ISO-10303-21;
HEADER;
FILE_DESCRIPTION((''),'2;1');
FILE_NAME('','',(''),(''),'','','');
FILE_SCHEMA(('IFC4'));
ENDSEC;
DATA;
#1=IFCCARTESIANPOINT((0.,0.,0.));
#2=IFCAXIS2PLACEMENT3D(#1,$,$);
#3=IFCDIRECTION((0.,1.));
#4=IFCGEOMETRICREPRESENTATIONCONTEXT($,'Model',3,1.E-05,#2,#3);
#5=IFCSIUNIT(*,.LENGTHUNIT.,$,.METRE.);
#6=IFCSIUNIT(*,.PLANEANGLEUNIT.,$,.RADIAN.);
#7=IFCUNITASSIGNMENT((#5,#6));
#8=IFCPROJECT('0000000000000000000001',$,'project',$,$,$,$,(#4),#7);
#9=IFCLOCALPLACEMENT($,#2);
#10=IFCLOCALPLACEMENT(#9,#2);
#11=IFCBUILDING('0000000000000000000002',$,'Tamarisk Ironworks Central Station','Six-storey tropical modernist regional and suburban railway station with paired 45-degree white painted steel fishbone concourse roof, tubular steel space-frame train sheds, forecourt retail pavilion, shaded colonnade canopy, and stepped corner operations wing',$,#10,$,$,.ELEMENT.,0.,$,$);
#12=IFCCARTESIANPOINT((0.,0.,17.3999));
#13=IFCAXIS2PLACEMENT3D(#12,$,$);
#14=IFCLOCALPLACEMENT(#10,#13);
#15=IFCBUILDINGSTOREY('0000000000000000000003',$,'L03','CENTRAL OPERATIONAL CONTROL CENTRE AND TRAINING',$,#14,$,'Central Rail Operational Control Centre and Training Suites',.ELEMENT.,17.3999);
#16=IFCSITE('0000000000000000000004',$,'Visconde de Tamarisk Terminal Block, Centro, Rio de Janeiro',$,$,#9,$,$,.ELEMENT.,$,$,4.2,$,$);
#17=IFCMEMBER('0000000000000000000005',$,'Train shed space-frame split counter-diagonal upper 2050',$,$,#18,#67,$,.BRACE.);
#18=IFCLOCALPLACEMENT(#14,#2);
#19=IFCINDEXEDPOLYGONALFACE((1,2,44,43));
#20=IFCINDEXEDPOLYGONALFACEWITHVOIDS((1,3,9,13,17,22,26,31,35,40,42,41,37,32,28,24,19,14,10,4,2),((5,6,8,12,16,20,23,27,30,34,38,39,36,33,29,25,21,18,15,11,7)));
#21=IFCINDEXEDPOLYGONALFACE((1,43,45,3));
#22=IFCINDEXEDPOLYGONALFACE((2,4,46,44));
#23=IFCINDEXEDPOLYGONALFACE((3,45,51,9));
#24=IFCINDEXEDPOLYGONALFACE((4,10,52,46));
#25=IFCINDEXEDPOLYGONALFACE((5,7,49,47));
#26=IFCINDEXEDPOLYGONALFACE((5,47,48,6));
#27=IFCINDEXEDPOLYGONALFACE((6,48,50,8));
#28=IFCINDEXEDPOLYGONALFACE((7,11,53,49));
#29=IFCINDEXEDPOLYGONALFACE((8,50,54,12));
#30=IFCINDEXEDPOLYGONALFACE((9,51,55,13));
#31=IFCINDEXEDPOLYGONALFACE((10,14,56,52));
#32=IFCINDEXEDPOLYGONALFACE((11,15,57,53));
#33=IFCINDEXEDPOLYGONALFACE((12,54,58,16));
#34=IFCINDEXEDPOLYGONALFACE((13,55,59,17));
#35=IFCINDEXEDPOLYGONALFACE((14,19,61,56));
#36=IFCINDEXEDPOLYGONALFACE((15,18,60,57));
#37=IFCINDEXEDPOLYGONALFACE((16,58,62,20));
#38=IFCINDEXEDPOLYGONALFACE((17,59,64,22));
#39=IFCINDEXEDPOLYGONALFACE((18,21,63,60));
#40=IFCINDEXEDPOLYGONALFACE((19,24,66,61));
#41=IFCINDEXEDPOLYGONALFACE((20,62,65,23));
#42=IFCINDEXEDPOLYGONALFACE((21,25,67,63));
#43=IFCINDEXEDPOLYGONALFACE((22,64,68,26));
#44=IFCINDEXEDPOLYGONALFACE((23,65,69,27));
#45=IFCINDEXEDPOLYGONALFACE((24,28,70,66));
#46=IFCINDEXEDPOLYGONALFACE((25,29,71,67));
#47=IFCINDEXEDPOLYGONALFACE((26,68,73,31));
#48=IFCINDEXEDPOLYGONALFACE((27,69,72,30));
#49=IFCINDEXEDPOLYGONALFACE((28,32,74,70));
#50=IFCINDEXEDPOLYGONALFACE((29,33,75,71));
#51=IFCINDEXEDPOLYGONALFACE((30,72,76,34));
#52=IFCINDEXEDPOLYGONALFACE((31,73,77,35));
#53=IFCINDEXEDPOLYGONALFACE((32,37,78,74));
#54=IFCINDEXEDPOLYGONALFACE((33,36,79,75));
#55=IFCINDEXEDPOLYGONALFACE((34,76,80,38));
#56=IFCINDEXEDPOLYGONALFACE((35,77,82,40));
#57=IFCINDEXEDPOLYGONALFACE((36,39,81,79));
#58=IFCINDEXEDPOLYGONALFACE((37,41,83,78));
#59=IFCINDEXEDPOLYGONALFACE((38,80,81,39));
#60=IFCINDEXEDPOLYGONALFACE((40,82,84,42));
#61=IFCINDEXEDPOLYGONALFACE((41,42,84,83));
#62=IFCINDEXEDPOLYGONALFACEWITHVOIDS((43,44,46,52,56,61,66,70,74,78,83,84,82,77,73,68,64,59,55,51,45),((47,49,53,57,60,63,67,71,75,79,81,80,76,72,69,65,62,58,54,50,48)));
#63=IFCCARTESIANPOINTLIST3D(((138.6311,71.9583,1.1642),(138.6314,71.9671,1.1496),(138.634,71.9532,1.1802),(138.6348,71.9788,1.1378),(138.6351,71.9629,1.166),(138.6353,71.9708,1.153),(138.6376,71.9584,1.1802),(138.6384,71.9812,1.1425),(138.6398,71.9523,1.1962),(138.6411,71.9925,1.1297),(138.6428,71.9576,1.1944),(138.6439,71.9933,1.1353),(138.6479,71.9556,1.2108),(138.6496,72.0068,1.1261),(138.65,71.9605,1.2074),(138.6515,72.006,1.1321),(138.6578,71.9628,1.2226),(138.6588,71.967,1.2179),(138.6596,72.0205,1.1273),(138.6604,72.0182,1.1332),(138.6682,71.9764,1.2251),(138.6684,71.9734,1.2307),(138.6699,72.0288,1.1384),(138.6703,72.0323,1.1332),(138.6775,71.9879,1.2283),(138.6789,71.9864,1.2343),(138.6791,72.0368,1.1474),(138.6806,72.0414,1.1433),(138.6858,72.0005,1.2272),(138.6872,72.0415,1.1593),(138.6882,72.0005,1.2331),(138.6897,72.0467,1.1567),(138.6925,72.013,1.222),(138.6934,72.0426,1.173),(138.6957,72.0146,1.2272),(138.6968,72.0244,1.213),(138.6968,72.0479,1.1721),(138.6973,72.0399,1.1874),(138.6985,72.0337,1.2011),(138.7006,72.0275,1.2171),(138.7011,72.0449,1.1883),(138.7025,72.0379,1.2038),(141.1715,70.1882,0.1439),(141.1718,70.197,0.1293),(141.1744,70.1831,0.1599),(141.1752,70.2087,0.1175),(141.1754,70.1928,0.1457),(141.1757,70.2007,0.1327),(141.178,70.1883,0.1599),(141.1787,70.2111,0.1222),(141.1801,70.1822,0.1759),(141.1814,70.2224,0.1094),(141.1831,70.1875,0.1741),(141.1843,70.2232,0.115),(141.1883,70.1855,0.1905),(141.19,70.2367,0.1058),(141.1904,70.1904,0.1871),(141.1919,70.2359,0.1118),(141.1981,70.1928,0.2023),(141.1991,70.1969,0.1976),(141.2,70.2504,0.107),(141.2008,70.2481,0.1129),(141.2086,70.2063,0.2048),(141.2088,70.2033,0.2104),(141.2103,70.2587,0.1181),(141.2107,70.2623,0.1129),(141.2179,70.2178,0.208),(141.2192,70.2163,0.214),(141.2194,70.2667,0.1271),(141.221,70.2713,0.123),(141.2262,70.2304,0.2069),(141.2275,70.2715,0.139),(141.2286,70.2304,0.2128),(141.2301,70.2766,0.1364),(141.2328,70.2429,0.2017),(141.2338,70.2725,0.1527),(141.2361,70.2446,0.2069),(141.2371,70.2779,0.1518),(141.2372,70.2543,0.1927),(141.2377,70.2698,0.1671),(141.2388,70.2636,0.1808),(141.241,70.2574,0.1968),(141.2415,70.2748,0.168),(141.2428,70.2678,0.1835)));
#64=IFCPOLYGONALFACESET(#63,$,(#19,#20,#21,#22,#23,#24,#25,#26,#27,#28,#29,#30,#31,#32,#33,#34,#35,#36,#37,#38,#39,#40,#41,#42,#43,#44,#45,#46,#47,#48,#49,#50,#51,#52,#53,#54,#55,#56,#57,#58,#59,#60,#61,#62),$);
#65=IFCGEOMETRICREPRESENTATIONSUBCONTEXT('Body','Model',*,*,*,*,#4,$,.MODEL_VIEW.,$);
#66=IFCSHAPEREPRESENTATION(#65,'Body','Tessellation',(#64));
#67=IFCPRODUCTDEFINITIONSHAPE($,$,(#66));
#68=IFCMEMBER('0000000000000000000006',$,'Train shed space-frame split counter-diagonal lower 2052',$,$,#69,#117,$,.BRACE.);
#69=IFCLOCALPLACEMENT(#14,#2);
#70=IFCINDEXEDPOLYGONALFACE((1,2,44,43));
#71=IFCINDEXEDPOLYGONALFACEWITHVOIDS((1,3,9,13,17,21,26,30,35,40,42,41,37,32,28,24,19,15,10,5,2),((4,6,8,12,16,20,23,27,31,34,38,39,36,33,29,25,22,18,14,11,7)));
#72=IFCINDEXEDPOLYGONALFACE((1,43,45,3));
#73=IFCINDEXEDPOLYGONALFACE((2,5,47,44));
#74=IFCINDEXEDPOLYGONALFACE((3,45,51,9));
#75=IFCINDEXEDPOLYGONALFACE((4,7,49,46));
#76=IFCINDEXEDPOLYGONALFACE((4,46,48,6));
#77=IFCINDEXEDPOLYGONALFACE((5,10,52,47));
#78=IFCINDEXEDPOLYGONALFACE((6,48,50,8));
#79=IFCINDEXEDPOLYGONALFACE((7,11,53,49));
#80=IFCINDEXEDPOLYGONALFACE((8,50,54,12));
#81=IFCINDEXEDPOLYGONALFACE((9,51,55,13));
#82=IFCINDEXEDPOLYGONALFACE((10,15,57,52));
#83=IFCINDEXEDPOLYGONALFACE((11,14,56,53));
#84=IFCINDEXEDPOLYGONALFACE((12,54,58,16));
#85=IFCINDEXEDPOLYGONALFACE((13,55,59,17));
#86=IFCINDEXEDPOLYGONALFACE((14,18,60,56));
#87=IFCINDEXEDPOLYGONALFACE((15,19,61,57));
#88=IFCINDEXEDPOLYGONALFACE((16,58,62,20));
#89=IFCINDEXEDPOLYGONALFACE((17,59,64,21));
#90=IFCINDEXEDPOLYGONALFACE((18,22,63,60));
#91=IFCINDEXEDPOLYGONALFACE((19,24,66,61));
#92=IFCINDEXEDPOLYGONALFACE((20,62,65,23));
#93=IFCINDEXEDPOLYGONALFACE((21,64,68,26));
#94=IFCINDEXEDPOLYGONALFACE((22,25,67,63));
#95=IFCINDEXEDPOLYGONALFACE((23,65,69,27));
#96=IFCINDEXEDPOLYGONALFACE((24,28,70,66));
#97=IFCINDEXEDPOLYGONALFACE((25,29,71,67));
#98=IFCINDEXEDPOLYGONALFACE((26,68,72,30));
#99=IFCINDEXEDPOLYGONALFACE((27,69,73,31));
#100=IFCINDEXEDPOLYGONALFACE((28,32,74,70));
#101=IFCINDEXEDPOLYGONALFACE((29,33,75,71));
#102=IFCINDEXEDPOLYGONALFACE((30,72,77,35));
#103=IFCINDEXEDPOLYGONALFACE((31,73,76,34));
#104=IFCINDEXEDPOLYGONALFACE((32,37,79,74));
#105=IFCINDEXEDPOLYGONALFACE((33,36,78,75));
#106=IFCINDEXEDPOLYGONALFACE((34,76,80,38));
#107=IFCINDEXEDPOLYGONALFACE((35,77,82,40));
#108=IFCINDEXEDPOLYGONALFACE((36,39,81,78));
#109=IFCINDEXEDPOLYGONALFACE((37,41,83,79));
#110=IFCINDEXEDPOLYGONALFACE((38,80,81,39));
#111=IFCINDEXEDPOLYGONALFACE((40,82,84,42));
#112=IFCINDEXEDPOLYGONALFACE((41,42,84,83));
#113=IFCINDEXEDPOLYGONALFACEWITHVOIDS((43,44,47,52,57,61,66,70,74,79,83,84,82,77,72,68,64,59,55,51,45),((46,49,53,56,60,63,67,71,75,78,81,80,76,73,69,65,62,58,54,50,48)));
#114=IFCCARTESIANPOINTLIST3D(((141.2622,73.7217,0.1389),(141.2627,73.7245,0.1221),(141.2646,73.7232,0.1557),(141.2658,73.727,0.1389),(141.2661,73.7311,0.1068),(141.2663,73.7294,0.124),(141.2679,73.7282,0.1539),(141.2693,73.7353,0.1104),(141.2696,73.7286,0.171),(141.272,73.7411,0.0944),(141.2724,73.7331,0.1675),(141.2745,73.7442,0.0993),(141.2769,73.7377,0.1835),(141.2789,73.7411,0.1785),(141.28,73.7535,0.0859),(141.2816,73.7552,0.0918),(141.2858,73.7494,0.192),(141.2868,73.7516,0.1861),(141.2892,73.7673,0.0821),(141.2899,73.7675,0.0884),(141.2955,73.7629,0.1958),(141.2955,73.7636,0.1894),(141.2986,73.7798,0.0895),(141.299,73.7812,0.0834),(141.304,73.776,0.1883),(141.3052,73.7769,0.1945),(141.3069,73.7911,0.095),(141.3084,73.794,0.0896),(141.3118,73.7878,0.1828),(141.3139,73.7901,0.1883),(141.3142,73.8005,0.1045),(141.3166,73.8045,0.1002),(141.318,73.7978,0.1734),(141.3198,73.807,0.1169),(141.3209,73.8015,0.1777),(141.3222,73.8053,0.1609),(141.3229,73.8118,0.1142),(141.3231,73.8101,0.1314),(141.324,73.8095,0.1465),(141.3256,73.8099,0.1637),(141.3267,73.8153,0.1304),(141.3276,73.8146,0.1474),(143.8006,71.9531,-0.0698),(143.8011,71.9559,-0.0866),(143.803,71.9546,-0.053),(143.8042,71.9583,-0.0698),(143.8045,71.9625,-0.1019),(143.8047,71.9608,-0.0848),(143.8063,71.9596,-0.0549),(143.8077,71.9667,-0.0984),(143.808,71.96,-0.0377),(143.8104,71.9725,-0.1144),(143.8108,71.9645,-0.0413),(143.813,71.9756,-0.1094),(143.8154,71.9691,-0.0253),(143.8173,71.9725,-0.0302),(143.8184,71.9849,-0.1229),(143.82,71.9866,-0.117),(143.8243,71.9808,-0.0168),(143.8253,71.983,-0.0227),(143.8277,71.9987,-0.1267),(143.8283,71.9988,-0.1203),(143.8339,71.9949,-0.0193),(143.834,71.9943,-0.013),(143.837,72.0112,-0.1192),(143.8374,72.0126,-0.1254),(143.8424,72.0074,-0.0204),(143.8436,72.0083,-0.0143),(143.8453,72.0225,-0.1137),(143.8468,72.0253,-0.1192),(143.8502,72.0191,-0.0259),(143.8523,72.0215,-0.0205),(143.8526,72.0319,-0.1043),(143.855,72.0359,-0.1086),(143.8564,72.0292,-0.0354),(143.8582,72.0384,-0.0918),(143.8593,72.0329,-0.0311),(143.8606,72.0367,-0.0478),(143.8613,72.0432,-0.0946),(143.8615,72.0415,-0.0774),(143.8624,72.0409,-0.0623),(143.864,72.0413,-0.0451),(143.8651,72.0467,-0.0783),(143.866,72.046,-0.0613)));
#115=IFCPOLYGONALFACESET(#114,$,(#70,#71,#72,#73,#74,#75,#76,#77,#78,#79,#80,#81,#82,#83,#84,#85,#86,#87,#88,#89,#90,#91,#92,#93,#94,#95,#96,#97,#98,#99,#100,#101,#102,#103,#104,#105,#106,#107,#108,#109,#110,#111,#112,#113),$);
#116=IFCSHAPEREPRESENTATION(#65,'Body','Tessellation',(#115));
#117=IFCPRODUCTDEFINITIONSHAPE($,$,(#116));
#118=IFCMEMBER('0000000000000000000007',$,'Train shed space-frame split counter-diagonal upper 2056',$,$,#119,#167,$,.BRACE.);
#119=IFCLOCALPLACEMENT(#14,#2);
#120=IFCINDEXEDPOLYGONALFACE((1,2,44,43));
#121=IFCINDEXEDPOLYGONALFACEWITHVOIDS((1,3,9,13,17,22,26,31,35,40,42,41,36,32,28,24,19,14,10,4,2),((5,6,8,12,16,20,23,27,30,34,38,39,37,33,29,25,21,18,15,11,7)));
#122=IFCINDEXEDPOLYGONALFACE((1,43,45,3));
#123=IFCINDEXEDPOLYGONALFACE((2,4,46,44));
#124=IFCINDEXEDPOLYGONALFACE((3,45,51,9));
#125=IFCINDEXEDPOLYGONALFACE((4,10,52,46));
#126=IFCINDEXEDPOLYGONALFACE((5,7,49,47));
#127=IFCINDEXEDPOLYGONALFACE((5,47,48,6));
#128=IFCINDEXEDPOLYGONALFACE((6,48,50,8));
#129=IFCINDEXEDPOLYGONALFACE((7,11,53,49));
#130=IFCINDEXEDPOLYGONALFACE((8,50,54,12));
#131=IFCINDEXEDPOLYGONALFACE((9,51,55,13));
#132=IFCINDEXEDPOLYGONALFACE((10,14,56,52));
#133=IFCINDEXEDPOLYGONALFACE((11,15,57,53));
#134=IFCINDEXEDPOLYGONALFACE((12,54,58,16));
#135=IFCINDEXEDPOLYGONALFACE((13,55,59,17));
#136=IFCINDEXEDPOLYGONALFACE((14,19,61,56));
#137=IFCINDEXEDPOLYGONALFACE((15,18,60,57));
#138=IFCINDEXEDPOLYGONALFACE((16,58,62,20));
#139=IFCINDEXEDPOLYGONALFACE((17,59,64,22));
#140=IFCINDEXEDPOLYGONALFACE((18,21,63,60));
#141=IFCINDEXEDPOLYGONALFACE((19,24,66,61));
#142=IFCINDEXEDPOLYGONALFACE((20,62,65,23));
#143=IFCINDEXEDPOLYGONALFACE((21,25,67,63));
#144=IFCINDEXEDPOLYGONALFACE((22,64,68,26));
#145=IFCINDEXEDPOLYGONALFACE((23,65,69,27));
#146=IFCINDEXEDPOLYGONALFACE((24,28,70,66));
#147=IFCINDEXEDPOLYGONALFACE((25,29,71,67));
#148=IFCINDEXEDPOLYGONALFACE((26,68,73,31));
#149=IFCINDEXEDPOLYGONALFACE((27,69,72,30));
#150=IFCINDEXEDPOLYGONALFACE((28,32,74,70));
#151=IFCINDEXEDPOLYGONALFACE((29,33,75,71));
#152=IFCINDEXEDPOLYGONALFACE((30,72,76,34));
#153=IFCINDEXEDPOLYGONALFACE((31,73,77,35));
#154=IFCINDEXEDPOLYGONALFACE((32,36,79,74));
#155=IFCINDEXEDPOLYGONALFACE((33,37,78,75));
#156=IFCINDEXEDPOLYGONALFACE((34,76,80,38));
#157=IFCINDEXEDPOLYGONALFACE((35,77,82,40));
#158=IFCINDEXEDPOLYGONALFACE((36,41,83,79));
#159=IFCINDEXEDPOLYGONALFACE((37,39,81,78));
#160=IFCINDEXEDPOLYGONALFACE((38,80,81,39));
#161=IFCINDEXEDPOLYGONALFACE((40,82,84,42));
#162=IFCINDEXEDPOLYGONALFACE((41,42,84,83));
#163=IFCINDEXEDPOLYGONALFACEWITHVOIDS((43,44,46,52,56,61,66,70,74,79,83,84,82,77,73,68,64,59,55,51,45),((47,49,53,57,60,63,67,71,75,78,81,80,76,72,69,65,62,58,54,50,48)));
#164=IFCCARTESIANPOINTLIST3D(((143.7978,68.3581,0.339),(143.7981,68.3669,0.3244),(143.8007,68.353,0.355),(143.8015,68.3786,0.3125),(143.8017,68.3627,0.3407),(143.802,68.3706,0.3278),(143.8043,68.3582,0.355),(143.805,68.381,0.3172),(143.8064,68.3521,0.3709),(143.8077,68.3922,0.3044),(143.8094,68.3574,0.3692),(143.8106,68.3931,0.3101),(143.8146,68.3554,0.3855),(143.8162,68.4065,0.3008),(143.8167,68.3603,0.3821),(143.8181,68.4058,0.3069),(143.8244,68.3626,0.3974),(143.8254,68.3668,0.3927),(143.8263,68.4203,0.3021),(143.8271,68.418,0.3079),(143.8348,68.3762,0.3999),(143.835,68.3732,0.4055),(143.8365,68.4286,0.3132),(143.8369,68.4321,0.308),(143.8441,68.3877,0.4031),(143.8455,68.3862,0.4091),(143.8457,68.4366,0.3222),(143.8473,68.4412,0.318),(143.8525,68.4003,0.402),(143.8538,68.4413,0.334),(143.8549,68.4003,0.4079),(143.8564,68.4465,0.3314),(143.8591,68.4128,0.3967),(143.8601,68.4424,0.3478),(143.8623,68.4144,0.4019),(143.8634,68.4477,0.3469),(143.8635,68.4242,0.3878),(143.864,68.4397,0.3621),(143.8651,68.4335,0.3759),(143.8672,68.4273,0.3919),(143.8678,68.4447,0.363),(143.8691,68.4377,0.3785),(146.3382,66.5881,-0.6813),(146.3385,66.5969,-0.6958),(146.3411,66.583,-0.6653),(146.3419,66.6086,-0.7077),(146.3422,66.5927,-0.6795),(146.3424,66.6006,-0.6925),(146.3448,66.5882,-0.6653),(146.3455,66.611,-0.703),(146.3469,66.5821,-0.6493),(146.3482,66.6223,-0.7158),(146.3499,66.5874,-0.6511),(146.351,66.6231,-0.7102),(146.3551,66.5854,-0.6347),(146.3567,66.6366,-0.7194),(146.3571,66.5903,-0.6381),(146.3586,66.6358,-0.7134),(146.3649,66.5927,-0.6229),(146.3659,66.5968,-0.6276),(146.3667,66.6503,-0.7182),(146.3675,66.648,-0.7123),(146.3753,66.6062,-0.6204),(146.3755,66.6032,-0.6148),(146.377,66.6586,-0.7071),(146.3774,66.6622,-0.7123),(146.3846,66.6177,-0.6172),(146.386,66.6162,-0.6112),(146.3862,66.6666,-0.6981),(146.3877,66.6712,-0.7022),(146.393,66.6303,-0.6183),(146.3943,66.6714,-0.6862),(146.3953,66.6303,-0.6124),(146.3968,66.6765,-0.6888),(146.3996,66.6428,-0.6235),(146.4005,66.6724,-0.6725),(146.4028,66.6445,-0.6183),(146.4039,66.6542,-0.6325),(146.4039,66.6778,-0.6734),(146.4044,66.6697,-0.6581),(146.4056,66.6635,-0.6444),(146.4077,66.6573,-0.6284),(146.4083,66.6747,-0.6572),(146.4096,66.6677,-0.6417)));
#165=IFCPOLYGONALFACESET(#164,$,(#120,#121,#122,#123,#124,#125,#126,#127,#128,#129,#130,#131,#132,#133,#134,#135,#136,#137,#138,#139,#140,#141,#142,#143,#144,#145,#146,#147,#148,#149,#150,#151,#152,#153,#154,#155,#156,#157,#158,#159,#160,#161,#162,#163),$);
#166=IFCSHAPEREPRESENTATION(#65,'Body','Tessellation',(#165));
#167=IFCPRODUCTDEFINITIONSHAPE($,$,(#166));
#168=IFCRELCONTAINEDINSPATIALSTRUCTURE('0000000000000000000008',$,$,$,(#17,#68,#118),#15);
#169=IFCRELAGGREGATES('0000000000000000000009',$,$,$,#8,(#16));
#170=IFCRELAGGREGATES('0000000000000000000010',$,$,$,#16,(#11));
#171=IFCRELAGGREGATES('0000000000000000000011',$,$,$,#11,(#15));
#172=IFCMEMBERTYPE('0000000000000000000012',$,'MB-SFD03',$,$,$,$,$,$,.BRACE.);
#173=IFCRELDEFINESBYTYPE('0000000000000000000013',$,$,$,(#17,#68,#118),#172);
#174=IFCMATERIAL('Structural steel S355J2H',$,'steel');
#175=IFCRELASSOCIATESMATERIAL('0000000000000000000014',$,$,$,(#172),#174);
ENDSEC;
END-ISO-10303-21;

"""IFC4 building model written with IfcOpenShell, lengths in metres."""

from ifc_helpers import new_model, si_unit, direction, frame, origin, origin_2d, place, context, subcontext, project, spatial, hollow_circle, extrude, material, material_profile, profile_set, type_object, element, save


model = new_model("IFC4")

# Units and contexts
model_context = context("Model", 3, precision=1e-05, world=origin(), true_north=direction((0.0, 1.0)))
body_context = subcontext(model_context, "Body", "Model", "MODEL_VIEW")
ifc_project = project(units=[si_unit("LENGTHUNIT", "METRE"), si_unit("PLANEANGLEUNIT", "RADIAN")], contexts=[model_context])

# Site, building, storey
site_placement = place(None, origin())
site = spatial("IfcSite", under=ifc_project, at=site_placement, Name="Visconde de Tamarisk Terminal Block, Centro, Rio de Janeiro", CompositionType="ELEMENT", RefElevation=4.2)
building_placement = place(site_placement, origin())
building = spatial("IfcBuilding", under=site, at=building_placement, Name="Tamarisk Ironworks Central Station", Description="Six-storey tropical modernist regional and suburban railway station with paired 45-degree white painted steel fishbone concourse roof, tubular steel space-frame train sheds, forecourt retail pavilion, shaded colonnade canopy, and stepped corner operations wing", CompositionType="ELEMENT", ElevationOfRefHeight=0.0)
storey_placement = place(building_placement, frame((0.0, 0.0, 17.3999)))
storey = spatial("IfcBuildingStorey", under=building, at=storey_placement, Name="L03", Description="CENTRAL OPERATIONAL CONTROL CENTRE AND TRAINING", LongName="Central Rail Operational Control Centre and Training Suites", CompositionType="ELEMENT", Elevation=17.3999)

# Members
ifc_material_1 = material(Name="Structural steel S355J2H", Category="steel")
ifc_material_profile_1 = material_profile(ifc_material_1, hollow_circle(Radius=0.0571, WallThickness=0.0063, at=origin_2d()), Name="CHS 114.3x6.3")
ifc_profile_set_1 = profile_set([ifc_material_profile_1], Name="Structural steel S355J2H")
member_type_1 = type_object("IfcMemberType", Name="MB-SFD03", PredefinedType="BRACE", material=ifc_profile_set_1)
for number, where, z_axis, x_axis, name in (
    (1, (141.207, 70.23, 0.1599), (-0.779252, 0.542967, 0.312974), (-0.571688, -0.820471, 0.0), "Train shed space-frame split counter-diagonal upper 2050"),
):
    element("IfcMember", number, at=place(storey_placement, frame(where, z_axis=z_axis, x_axis=x_axis)), inside=storey, type_object=member_type_1, Name=name, PredefinedType="BRACE", context=body_context, shape_type="SweptSolid", body=[
        extrude(hollow_circle(Radius=0.0571, WallThickness=0.0063, at=origin_2d()), origin(), (0.0, 0.0, 1.0), 3.26),
    ])
member_1_placement = place(storey_placement, frame((143.8333, 72.0, -0.0698), z_axis=(-0.818625, 0.570369, 0.06732), x_axis=(-0.571666, -0.820487, 0.0)))
element("IfcMember", 2, at=member_1_placement, inside=storey, type_object=member_type_1, Name="Train shed space-frame split counter-diagonal lower 2052", PredefinedType="BRACE", context=body_context, shape_type="SweptSolid", body=[
    extrude(hollow_circle(Radius=0.0571, WallThickness=0.0063, at=origin_2d()), origin(), (0.0, 0.0, 1.0), 3.1008),
])
for number, where, z_axis, x_axis, name in (
    (3, (146.3738, 66.6299, -0.6653), (-0.779281, 0.542936, 0.312956), (-0.571651, -0.820497, 0.0), "Train shed space-frame split counter-diagonal upper 2056"),
):
    element("IfcMember", number, at=place(storey_placement, frame(where, z_axis=z_axis, x_axis=x_axis)), inside=storey, type_object=member_type_1, Name=name, PredefinedType="BRACE", context=body_context, shape_type="SweptSolid", body=[
        extrude(hollow_circle(Radius=0.0571, WallThickness=0.0063, at=origin_2d()), origin(), (0.0, 0.0, 1.0), 3.26),
    ])

save(model, "model.ifc")
